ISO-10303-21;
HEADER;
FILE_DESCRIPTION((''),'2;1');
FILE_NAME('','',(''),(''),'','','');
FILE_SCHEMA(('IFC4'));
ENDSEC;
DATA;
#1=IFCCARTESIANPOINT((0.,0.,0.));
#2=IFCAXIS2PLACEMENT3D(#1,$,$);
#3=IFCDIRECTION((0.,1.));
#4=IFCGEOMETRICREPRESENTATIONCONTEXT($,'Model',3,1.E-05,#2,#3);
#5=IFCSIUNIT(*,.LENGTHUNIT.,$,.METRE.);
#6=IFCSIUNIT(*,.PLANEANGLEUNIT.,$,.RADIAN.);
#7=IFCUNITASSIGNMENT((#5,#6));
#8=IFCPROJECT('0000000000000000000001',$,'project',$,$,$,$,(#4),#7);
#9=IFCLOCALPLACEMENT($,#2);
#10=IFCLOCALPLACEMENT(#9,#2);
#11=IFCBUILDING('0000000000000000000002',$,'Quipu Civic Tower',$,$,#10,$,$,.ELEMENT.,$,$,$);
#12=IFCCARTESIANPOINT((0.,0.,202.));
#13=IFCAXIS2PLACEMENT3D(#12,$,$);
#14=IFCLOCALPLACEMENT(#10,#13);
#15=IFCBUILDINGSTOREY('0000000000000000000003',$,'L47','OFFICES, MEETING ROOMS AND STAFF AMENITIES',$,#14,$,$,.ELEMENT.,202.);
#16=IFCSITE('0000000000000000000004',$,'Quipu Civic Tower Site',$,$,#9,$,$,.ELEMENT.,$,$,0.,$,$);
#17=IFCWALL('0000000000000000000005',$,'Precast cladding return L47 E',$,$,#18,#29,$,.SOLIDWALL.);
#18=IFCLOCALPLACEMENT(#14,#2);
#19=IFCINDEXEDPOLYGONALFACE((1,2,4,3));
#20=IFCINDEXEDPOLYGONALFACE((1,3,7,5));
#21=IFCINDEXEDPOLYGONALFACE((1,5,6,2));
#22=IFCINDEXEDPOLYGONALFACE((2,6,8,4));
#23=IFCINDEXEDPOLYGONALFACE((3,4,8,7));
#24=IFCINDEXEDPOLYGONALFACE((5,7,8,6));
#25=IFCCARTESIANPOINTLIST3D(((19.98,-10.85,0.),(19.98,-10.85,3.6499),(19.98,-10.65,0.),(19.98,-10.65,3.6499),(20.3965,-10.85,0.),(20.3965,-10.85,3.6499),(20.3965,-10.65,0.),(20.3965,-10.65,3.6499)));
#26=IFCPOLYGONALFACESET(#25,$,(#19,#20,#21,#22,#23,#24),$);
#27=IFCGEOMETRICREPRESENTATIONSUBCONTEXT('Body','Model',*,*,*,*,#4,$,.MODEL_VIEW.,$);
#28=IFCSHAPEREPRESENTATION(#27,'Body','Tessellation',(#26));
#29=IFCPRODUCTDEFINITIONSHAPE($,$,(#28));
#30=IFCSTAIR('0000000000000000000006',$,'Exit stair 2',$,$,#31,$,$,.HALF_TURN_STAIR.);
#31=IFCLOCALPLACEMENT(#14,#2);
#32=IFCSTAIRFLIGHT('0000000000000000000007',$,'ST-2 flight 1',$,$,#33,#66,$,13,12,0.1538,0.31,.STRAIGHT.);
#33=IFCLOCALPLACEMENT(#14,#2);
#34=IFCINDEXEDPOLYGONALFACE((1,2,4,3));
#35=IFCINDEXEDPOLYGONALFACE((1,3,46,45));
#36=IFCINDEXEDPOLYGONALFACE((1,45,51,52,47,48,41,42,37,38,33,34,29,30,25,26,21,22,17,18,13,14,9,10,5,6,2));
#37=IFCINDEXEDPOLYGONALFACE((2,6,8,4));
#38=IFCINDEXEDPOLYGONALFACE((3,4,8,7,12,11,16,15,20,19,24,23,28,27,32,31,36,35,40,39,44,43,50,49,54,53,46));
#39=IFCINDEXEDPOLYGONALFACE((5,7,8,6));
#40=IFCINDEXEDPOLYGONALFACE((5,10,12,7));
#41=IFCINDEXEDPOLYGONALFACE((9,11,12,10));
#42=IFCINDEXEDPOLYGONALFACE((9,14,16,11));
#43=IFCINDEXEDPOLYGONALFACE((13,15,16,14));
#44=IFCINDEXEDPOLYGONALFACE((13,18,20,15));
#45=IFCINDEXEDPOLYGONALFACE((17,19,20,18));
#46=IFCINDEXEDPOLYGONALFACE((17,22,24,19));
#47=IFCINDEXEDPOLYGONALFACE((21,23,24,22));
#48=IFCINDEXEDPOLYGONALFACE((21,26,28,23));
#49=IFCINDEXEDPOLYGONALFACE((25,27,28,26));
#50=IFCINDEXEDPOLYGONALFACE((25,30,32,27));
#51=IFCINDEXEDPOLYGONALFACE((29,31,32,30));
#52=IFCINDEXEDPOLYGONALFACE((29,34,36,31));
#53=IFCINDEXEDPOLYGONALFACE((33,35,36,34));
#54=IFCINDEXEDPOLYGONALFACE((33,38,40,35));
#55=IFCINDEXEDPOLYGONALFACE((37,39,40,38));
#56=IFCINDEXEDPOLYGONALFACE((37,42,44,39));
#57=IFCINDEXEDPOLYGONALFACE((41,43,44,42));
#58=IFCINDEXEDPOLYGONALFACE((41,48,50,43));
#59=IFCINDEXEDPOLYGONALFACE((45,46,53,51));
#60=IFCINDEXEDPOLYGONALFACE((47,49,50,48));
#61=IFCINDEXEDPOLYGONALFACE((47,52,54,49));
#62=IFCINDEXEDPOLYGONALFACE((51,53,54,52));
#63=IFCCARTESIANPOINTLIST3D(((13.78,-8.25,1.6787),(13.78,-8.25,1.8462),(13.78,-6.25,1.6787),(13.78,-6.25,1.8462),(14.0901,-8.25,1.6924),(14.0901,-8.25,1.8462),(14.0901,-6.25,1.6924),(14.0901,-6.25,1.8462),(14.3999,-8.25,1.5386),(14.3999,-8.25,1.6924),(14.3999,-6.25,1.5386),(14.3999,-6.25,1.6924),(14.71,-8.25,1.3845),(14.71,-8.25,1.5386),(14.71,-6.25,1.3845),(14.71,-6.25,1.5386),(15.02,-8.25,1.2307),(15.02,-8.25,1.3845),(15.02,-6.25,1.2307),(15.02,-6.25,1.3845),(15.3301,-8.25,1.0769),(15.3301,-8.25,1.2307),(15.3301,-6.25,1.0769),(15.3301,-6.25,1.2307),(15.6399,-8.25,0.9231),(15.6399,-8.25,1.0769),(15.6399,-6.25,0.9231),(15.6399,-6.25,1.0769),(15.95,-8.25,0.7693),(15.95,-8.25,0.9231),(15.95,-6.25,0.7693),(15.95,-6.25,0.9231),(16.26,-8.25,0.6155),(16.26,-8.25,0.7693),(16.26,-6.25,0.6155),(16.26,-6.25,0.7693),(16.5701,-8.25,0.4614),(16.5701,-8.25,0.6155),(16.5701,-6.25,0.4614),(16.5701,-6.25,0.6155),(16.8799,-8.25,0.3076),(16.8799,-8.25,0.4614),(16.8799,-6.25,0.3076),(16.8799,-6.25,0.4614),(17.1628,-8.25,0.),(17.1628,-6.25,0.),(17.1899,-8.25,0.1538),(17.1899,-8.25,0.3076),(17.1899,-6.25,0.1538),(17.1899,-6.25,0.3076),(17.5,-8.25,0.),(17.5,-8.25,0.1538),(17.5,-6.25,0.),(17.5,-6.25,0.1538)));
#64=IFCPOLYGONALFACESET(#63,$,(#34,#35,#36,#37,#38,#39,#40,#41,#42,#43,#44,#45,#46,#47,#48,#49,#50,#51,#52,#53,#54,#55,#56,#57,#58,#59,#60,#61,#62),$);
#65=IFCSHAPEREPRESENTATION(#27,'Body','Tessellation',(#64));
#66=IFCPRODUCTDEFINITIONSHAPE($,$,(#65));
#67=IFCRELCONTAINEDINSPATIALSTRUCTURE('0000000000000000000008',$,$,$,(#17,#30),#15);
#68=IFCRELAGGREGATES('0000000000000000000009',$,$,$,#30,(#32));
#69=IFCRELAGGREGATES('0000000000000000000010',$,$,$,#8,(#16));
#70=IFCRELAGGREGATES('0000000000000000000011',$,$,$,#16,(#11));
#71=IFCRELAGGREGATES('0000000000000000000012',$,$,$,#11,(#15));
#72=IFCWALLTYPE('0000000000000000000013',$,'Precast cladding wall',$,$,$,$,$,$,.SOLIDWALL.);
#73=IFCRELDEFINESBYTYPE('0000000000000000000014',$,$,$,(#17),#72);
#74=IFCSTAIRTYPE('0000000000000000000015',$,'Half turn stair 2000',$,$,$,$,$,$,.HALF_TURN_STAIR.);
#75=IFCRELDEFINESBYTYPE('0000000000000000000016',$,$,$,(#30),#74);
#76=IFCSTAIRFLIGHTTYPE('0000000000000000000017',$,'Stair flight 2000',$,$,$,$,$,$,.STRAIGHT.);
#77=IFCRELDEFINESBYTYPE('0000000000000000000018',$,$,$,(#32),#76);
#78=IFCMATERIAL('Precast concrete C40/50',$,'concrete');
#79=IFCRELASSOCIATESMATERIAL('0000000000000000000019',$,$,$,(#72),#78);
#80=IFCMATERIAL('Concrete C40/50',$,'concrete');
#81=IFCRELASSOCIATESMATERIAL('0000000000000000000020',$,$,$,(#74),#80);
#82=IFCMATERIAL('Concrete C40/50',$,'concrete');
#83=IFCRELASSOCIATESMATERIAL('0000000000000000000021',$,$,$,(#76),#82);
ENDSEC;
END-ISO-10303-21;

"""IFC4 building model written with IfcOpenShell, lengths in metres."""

from ifc_helpers import new_model, si_unit, direction, frame, frame_2d, origin, place, context, subcontext, project, spatial, polyline, rectangle, outline, extrude, material, type_object, element, aggregate, save


model = new_model("IFC4")

# Units and contexts
model_context = context("Model", 3, precision=1e-05, world=origin(), true_north=direction((0.0, 1.0)))
body_context = subcontext(model_context, "Body", "Model", "MODEL_VIEW")
ifc_project = project(units=[si_unit("LENGTHUNIT", "METRE"), si_unit("PLANEANGLEUNIT", "RADIAN")], contexts=[model_context])

# Site, building, storey
site_placement = place(None, origin())
site = spatial("IfcSite", under=ifc_project, at=site_placement, Name="Quipu Civic Tower Site", CompositionType="ELEMENT", RefElevation=0.0)
building_placement = place(site_placement, origin())
building = spatial("IfcBuilding", under=site, at=building_placement, Name="Quipu Civic Tower", CompositionType="ELEMENT")
storey_placement = place(building_placement, frame((0.0, 0.0, 202.0)))
storey = spatial("IfcBuildingStorey", under=building, at=storey_placement, Name="L47", Description="OFFICES, MEETING ROOMS AND STAFF AMENITIES", CompositionType="ELEMENT", Elevation=202.0)

# Wall
ifc_material_1 = material(Name="Precast concrete C40/50", Category="concrete")
wall_type_1 = type_object("IfcWallType", Name="Precast cladding wall", PredefinedType="SOLIDWALL", material=ifc_material_1)
wall_1_placement = place(storey_placement, frame((19.98, -10.75, 0.0), z_axis=(0.0, 0.0, 1.0), x_axis=(1.0, 0.0, 0.0)))
element("IfcWall", 1, at=wall_1_placement, inside=storey, type_object=wall_type_1, Name="Precast cladding return L47 E", PredefinedType="SOLIDWALL", context=body_context, shape_type="SweptSolid", body=[
    extrude(rectangle(XDim=0.4165, YDim=0.2, at=frame_2d((0.2083, 0.0))), origin(), (0.0, 0.0, 1.0), 3.6499),
])

# Stair, stair flight
ifc_material_2 = material(Name="Concrete C40/50", Category="concrete")
stair_type = type_object("IfcStairType", Name="Half turn stair 2000", PredefinedType="HALF_TURN_STAIR", material=ifc_material_2)
stair_placement = place(storey_placement, origin())
stair = element("IfcStair", 2, at=stair_placement, inside=storey, type_object=stair_type, Name="Exit stair 2", PredefinedType="HALF_TURN_STAIR")
ifc_material_3 = material(Name="Concrete C40/50", Category="concrete")
stair_flight_type = type_object("IfcStairFlightType", Name="Stair flight 2000", PredefinedType="STRAIGHT", material=ifc_material_3)
stair_flight_placement = place(storey_placement, frame((17.5, -7.25, 0.0), z_axis=(0.0, 0.0, 1.0), x_axis=(-1.0, 0.0, 0.0)))
stair_flight = element("IfcStairFlight", 3, at=stair_flight_placement, type_object=stair_flight_type, Name="ST-2 flight 1", NumberOfRisers=13, NumberOfTreads=12, PredefinedType="STRAIGHT", RiserHeight=0.1538, TreadLength=0.31, context=body_context, shape_type="SweptSolid", body=[
    extrude(outline(polyline([(0.0, 0.0), (0.0, 0.1538), (0.3101, 0.1538), (0.3101, 0.3076), (0.6201, 0.3076), (0.6201, 0.4614), (0.9299, 0.4614), (0.9299, 0.6155), (1.24, 0.6155), (1.24, 0.7693), (1.55, 0.7693), (1.55, 0.9231), (1.8601, 0.9231), (1.8601, 1.0769), (2.1699, 1.0769), (2.1699, 1.2307), (2.48, 1.2307), (2.48, 1.3845), (2.79, 1.3845), (2.79, 1.5386), (3.1001, 1.5386), (3.1001, 1.6924), (3.4099, 1.6924), (3.4099, 1.8462), (3.72, 1.8462), (3.72, 2.0), (3.72, 1.6787), (0.3372, 0.0), (0.0, 0.0)])), frame((0.0, 1.0, 0.0), z_axis=(0.0, -1.0, 0.0), x_axis=(1.0, 0.0, 0.0)), (0.0, 0.0, 1.0), 2.0),
])
aggregate(stair, [stair_flight])

save(model, "model.ifc")
